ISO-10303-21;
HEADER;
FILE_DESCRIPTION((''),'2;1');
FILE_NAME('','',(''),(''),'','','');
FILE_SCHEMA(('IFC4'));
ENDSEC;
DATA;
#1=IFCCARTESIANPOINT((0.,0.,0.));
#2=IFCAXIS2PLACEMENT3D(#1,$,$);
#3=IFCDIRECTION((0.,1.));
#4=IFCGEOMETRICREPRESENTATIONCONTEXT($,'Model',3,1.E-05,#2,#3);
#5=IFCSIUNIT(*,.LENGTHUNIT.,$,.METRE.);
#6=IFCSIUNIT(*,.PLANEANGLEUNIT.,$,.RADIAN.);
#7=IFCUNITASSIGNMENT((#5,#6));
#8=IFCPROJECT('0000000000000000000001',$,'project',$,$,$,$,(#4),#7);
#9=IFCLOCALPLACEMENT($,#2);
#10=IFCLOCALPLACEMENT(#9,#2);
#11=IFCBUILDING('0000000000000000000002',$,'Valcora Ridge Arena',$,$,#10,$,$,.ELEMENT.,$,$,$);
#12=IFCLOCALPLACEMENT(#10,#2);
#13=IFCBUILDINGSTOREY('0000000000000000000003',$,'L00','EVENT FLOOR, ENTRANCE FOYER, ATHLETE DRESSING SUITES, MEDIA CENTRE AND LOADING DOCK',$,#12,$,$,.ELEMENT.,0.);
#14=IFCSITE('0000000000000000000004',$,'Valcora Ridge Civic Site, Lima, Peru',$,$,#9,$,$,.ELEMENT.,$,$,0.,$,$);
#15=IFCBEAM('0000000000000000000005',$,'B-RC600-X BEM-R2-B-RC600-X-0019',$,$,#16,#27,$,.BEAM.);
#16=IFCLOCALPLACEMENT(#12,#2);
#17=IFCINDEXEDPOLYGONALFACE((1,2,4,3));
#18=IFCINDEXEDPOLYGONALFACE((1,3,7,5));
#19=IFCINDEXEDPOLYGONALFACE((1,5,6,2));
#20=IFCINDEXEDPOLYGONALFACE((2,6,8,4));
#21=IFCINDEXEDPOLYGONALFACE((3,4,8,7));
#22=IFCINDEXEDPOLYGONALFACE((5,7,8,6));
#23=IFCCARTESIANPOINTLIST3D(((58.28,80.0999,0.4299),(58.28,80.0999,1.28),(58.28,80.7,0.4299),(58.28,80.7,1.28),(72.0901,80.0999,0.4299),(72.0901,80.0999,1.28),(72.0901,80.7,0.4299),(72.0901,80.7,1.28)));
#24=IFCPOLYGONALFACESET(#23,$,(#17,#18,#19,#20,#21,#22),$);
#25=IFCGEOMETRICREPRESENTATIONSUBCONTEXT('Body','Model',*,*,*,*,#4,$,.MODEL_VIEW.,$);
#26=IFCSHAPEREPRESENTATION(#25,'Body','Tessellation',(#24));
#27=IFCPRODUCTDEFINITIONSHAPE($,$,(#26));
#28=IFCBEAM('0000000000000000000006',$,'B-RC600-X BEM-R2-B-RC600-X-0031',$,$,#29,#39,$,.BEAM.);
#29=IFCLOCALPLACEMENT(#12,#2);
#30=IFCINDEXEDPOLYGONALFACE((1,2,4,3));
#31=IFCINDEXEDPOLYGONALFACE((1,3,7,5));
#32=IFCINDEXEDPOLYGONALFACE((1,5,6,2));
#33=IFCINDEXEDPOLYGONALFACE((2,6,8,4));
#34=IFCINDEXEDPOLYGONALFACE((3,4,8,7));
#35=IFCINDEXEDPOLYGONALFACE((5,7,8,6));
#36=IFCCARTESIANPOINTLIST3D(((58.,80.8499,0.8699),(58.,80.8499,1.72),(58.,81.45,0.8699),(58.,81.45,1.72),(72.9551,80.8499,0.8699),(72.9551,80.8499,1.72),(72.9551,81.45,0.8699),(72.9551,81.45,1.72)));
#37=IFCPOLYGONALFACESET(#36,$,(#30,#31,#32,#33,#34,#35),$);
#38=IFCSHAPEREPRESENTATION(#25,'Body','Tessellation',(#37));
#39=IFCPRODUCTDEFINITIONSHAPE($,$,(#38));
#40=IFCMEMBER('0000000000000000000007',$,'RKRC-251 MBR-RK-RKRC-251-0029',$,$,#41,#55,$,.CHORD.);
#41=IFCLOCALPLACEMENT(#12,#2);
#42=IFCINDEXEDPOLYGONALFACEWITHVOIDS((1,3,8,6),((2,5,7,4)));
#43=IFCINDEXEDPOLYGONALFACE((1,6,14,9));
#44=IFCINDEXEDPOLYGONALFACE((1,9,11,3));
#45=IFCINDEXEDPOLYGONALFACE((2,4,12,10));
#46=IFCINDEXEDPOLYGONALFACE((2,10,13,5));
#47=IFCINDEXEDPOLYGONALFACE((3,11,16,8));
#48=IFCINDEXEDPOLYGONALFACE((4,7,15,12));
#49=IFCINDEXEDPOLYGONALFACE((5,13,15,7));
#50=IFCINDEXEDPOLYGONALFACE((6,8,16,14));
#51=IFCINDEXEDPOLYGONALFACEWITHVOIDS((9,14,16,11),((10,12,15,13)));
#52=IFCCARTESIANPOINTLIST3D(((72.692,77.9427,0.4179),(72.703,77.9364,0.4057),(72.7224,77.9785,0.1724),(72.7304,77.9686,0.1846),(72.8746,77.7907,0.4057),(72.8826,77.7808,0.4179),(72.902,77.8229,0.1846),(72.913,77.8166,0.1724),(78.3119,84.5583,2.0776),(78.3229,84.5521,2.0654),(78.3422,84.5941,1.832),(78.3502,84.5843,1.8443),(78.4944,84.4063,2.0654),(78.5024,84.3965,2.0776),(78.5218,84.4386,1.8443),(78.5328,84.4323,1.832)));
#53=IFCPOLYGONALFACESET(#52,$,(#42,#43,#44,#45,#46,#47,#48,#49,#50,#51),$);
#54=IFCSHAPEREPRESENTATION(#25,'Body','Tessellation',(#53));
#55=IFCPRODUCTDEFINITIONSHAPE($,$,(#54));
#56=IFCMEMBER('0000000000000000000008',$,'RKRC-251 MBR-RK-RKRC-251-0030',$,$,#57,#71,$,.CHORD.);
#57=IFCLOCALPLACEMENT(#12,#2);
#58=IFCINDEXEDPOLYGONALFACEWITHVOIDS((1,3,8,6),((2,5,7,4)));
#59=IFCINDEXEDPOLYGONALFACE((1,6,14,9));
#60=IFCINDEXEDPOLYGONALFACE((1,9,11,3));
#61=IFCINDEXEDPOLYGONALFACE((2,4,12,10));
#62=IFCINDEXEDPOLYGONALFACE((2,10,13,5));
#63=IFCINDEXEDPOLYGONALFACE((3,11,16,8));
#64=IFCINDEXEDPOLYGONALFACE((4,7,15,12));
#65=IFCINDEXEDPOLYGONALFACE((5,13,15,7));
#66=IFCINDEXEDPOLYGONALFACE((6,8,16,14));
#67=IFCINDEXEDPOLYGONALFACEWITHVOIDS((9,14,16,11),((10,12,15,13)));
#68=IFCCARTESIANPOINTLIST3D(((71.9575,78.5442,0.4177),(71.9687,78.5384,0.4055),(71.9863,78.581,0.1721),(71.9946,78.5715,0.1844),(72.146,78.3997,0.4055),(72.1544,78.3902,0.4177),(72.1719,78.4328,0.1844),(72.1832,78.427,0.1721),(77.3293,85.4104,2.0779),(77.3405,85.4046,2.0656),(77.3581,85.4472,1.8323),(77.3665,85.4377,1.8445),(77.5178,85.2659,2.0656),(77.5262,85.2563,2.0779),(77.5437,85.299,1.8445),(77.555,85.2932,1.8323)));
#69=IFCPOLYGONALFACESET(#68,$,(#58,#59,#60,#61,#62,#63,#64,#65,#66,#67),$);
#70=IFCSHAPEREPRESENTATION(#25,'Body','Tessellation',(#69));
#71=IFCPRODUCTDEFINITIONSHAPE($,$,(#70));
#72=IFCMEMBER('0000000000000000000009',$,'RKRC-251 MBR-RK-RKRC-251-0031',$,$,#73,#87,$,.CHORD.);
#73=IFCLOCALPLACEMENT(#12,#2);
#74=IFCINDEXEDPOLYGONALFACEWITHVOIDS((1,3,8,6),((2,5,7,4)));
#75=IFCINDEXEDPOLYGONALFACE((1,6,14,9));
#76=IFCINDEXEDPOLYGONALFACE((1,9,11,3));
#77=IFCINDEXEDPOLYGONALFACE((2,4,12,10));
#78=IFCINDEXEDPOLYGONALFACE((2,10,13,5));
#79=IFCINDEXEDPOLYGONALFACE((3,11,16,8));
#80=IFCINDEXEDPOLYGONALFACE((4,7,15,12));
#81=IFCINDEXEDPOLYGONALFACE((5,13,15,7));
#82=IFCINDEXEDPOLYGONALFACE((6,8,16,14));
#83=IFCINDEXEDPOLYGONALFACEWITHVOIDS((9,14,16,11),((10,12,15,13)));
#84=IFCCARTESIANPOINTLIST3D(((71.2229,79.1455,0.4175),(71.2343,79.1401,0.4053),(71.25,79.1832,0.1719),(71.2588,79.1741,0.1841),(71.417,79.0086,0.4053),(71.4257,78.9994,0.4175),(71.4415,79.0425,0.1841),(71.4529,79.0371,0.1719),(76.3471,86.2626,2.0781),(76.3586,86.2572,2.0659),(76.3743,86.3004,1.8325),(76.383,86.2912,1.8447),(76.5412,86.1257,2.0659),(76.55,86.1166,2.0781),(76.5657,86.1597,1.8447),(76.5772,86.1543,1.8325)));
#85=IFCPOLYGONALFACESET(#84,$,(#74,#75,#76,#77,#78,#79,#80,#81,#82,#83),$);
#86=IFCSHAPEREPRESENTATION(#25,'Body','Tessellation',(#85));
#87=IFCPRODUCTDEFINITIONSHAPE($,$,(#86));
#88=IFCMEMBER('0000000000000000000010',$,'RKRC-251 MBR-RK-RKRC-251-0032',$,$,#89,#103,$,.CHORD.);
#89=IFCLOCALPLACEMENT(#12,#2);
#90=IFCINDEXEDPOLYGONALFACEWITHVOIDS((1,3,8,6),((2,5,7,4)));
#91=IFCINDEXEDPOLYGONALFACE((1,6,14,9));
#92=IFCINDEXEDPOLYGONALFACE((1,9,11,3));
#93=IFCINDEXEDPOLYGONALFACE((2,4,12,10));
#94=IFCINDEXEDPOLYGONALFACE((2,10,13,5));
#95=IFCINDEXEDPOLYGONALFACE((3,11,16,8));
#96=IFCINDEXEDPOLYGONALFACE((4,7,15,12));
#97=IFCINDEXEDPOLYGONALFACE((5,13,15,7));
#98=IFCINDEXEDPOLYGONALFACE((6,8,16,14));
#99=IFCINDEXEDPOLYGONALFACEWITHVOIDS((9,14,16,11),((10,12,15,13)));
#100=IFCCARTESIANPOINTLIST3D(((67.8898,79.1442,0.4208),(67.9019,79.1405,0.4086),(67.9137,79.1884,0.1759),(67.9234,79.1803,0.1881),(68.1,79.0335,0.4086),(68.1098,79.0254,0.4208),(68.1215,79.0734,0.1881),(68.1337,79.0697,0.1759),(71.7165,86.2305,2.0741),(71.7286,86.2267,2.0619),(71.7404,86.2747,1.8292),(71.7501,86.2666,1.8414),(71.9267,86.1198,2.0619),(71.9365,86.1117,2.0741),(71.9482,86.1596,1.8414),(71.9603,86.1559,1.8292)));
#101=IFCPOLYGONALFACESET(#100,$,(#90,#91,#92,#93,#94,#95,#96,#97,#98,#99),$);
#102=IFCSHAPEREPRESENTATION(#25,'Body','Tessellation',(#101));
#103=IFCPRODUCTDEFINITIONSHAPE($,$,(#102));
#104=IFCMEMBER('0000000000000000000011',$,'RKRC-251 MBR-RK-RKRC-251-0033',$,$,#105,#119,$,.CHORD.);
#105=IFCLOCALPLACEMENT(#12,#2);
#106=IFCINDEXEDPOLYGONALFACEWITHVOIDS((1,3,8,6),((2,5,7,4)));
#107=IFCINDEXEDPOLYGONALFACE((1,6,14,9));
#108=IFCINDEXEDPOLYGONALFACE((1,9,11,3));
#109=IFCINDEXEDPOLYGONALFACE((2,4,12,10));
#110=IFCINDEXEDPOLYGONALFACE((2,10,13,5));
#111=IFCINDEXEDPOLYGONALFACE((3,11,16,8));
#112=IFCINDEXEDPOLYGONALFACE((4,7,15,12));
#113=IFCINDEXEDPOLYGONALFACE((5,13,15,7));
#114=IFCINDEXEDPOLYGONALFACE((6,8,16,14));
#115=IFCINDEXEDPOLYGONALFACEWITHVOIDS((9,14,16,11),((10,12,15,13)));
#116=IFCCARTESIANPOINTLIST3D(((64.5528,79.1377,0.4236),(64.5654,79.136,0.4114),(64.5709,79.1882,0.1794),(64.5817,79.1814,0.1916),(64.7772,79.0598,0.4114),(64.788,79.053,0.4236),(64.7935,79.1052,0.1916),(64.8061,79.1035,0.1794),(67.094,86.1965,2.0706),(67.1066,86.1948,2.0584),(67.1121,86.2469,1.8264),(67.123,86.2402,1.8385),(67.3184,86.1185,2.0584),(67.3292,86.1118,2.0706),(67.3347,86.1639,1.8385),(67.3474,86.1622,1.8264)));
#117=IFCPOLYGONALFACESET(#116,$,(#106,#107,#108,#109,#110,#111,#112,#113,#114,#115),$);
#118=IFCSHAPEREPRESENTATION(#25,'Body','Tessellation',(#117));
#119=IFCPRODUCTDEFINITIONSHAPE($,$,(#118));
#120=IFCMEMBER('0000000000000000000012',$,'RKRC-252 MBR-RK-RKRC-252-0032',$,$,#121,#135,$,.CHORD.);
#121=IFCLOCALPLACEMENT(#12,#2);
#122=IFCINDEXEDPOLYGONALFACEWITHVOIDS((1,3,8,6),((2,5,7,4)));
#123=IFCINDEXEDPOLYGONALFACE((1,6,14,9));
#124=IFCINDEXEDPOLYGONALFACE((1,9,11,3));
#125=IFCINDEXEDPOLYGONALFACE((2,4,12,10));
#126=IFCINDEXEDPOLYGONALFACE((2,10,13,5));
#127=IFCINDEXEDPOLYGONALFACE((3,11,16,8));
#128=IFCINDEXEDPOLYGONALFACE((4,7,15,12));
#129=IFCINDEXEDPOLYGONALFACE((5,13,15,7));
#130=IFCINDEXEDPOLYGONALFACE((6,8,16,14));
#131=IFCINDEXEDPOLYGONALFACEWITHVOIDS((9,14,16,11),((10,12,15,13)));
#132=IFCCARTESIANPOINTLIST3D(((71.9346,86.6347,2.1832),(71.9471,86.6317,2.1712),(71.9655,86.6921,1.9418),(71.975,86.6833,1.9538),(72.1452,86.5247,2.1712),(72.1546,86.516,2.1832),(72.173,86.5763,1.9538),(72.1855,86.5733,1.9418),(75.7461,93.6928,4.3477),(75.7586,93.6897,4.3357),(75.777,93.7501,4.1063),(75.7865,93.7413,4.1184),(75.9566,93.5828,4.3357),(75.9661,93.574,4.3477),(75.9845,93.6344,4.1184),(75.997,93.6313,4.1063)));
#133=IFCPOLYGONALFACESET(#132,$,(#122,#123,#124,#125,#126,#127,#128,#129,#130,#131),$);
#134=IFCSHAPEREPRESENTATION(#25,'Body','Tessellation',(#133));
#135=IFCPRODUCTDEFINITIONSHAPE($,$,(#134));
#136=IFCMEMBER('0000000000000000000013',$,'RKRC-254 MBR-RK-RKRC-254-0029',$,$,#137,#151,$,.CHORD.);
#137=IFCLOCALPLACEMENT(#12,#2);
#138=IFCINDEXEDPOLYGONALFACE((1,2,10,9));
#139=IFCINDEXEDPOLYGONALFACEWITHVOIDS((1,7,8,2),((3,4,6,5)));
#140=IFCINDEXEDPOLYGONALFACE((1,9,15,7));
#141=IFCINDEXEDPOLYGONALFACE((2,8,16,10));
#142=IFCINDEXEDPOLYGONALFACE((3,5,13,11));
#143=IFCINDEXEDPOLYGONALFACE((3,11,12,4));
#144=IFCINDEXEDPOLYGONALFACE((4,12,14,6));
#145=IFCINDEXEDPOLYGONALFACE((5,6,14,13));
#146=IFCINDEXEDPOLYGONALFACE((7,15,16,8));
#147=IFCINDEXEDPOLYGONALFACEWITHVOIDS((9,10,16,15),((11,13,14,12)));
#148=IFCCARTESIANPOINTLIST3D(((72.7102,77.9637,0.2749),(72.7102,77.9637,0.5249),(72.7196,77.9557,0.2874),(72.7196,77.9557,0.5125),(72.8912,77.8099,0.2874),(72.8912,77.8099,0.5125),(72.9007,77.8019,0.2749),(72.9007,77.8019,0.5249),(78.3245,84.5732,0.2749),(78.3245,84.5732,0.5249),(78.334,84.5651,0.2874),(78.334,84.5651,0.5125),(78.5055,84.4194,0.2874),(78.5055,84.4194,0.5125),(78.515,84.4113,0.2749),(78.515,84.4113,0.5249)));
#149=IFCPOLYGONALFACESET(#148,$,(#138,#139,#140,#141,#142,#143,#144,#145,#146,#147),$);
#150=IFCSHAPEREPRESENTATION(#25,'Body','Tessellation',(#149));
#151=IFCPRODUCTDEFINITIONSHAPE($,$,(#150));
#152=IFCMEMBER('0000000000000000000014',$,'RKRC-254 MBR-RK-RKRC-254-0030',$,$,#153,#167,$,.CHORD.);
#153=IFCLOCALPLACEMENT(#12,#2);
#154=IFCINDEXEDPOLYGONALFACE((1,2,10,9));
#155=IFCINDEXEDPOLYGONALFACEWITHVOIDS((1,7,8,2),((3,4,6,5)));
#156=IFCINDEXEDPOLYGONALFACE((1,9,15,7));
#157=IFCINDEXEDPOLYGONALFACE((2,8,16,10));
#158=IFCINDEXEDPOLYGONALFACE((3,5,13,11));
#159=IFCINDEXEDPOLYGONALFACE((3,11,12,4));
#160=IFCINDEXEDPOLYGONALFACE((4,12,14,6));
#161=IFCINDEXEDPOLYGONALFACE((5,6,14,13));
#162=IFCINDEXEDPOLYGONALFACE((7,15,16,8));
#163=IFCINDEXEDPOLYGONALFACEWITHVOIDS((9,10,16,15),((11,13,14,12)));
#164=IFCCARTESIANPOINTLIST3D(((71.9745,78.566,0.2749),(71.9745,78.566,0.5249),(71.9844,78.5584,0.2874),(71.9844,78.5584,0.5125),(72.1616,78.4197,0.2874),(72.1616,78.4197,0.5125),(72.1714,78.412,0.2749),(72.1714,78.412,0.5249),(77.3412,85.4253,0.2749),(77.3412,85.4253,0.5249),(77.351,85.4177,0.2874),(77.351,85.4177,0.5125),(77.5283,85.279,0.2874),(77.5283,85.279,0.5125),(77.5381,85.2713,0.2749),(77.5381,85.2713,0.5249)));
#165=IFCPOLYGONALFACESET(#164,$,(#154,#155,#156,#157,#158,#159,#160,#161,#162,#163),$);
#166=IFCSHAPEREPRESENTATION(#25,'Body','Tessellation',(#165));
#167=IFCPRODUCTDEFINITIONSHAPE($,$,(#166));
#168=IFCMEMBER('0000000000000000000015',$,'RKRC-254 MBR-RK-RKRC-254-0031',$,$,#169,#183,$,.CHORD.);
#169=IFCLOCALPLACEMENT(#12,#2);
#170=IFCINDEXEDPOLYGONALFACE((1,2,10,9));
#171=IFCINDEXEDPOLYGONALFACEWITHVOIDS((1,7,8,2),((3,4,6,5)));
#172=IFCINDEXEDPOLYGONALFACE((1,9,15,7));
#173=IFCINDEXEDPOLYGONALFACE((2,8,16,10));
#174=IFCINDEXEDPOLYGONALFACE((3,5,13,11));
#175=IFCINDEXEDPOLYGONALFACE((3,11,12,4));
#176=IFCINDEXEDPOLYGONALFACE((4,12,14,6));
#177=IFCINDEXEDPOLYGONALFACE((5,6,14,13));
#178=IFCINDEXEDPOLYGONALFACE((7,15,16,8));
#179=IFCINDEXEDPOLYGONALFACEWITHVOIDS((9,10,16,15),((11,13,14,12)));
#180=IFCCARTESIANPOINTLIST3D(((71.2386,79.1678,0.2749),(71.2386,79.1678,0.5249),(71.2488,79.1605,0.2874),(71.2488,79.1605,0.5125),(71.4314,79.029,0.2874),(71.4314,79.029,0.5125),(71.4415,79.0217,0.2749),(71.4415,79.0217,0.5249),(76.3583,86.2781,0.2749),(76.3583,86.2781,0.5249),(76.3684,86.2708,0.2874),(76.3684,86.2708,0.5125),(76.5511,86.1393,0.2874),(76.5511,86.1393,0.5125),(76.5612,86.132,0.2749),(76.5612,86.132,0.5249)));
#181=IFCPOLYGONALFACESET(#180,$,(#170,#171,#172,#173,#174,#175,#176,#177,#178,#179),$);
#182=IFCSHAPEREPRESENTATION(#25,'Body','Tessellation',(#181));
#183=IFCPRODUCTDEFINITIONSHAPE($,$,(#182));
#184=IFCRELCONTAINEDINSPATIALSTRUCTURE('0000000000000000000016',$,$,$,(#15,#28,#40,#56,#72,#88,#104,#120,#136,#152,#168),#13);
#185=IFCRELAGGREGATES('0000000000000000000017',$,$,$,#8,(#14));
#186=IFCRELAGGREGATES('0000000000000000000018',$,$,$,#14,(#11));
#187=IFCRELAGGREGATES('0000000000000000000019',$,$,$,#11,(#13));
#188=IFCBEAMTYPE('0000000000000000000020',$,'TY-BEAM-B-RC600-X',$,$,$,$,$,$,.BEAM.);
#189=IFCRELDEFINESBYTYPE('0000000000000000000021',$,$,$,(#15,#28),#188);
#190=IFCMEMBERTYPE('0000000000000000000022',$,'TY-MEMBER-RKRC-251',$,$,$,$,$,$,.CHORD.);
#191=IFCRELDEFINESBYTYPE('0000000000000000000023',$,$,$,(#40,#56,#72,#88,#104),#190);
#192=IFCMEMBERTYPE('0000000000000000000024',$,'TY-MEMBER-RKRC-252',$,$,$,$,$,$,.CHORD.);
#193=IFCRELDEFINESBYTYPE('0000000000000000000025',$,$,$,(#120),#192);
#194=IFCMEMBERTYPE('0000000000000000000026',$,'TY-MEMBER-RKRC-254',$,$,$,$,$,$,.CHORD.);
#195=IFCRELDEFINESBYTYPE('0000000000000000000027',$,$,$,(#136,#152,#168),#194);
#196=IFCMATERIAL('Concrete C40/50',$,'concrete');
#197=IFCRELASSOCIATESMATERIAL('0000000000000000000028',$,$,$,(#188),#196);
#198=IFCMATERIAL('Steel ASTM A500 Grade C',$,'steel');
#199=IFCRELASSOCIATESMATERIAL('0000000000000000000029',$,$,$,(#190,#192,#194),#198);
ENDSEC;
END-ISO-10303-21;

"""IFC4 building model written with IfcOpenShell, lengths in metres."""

from ifc_helpers import new_model, si_unit, direction, frame, origin, origin_2d, place, context, subcontext, project, spatial, rectangle, hollow_rectangle, extrude, material, material_profile, profile_set, type_object, element, save


model = new_model("IFC4")

# Units and contexts
model_context = context("Model", 3, precision=1e-05, world=origin(), true_north=direction((0.0, 1.0)))
body_context = subcontext(model_context, "Body", "Model", "MODEL_VIEW")
ifc_project = project(units=[si_unit("LENGTHUNIT", "METRE"), si_unit("PLANEANGLEUNIT", "RADIAN")], contexts=[model_context])

# Site, building, storey
site_placement = place(None, origin())
site = spatial("IfcSite", under=ifc_project, at=site_placement, Name="Valcora Ridge Civic Site, Lima, Peru", CompositionType="ELEMENT", RefElevation=0.0)
building_placement = place(site_placement, origin())
building = spatial("IfcBuilding", under=site, at=building_placement, Name="Valcora Ridge Arena", CompositionType="ELEMENT")
storey_placement = place(building_placement, origin())
storey = spatial("IfcBuildingStorey", under=building, at=storey_placement, Name="L00", Description="EVENT FLOOR, ENTRANCE FOYER, ATHLETE DRESSING SUITES, MEDIA CENTRE AND LOADING DOCK", CompositionType="ELEMENT", Elevation=0.0)

# Shared definitions
ifc_material_1 = material(Name="Concrete C40/50", Category="concrete")

# Beams
ifc_material_profile_1 = material_profile(ifc_material_1, rectangle(XDim=0.6001, YDim=0.8501, at=origin_2d()), Name="RC 600x850")
ifc_profile_set_1 = profile_set([ifc_material_profile_1], Name="Concrete C40/50")
beam_type = type_object("IfcBeamType", Name="TY-BEAM-B-RC600-X", PredefinedType="BEAM", material=ifc_profile_set_1)
beam_1_placement = place(storey_placement, frame((72.0901, 80.3999, 0.855), z_axis=(-1.0, 0.0, 0.0), x_axis=(0.0, -1.0, 0.0)))
element("IfcBeam", 1, at=beam_1_placement, inside=storey, type_object=beam_type, Name="B-RC600-X BEM-R2-B-RC600-X-0019", PredefinedType="BEAM", context=body_context, shape_type="SweptSolid", body=[
    extrude(rectangle(XDim=0.6001, YDim=0.8501, at=origin_2d()), origin(), (0.0, 0.0, 1.0), 13.8101),
])
beam_2_placement = place(storey_placement, frame((72.9551, 81.1499, 1.2949), z_axis=(-1.0, 0.0, 0.0), x_axis=(0.0, -1.0, 0.0)))
element("IfcBeam", 2, at=beam_2_placement, inside=storey, type_object=beam_type, Name="B-RC600-X BEM-R2-B-RC600-X-0031", PredefinedType="BEAM", context=body_context, shape_type="SweptSolid", body=[
    extrude(rectangle(XDim=0.6001, YDim=0.8501, at=origin_2d()), origin(), (0.0, 0.0, 1.0), 14.9551),
])

# Members
ifc_material_2 = material(Name="Steel ASTM A500 Grade C", Category="steel")
ifc_material_profile_2 = material_profile(ifc_material_2, hollow_rectangle(XDim=0.25, YDim=0.25, WallThickness=0.0125, at=origin_2d()), Name="HSS250X250X12")
ifc_profile_set_2 = profile_set([ifc_material_profile_2], Name="Steel ASTM A500 Grade C")
member_type_1 = type_object("IfcMemberType", Name="TY-MEMBER-RKRC-251", PredefinedType="CHORD", material=ifc_profile_set_2)
member_1_placement = place(storey_placement, frame((72.8025, 77.8796, 0.2952), z_axis=(0.635896, 0.748578, 0.187794), x_axis=(-0.762138, 0.647415, 0.0)))
element("IfcMember", 3, at=member_1_placement, inside=storey, type_object=member_type_1, Name="RKRC-251 MBR-RK-RKRC-251-0029", PredefinedType="CHORD", context=body_context, shape_type="SweptSolid", body=[
    extrude(hollow_rectangle(XDim=0.25, YDim=0.25, WallThickness=0.0125, at=origin_2d()), origin(), (0.0, 0.0, 1.0), 8.8376),
])
member_2_placement = place(storey_placement, frame((72.0703, 78.4856, 0.2949), z_axis=(0.605307, 0.773698, 0.18707), x_axis=(-0.787601, 0.616185, 0.0)))
element("IfcMember", 4, at=member_2_placement, inside=storey, type_object=member_type_1, Name="RKRC-251 MBR-RK-RKRC-251-0030", PredefinedType="CHORD", context=body_context, shape_type="SweptSolid", body=[
    extrude(hollow_rectangle(XDim=0.25, YDim=0.25, WallThickness=0.0125, at=origin_2d()), origin(), (0.0, 0.0, 1.0), 8.8745),
])
member_3_placement = place(storey_placement, frame((71.3379, 79.0913, 0.2947), z_axis=(0.574095, 0.797371, 0.18605), x_axis=(-0.81154, 0.584297, 0.0)))
element("IfcMember", 5, at=member_3_placement, inside=storey, type_object=member_type_1, Name="RKRC-251 MBR-RK-RKRC-251-0031", PredefinedType="CHORD", context=body_context, shape_type="SweptSolid", body=[
    extrude(hollow_rectangle(XDim=0.25, YDim=0.25, WallThickness=0.0125, at=origin_2d()), origin(), (0.0, 0.0, 1.0), 8.9258),
])
member_4_placement = place(storey_placement, frame((68.0117, 79.1069, 0.2983), z_axis=(0.465453, 0.861923, 0.201101), x_axis=(-0.879899, 0.475161, 0.0)))
element("IfcMember", 6, at=member_4_placement, inside=storey, type_object=member_type_1, Name="RKRC-251 MBR-RK-RKRC-251-0032", PredefinedType="CHORD", context=body_context, shape_type="SweptSolid", body=[
    extrude(hollow_rectangle(XDim=0.25, YDim=0.25, WallThickness=0.0125, at=origin_2d()), origin(), (0.0, 0.0, 1.0), 8.2214),
])
member_5_placement = place(storey_placement, frame((64.6794, 79.1206, 0.3015), z_axis=(0.33085, 0.919, 0.214422), x_axis=(-0.940884, 0.338729, 0.0)))
element("IfcMember", 7, at=member_5_placement, inside=storey, type_object=member_type_1, Name="RKRC-251 MBR-RK-RKRC-251-0033", PredefinedType="CHORD", context=body_context, shape_type="SweptSolid", body=[
    extrude(hollow_rectangle(XDim=0.25, YDim=0.25, WallThickness=0.0125, at=origin_2d()), origin(), (0.0, 0.0, 1.0), 7.6809),
])
ifc_material_profile_3 = material_profile(ifc_material_2, hollow_rectangle(XDim=0.25, YDim=0.25, WallThickness=0.0125, at=origin_2d()), Name="HSS250X250X12")
ifc_profile_set_3 = profile_set([ifc_material_profile_3], Name="Steel ASTM A500 Grade C")
member_type_2 = type_object("IfcMemberType", Name="TY-MEMBER-RKRC-252", PredefinedType="CHORD", material=ifc_profile_set_3)
member_6_placement = place(storey_placement, frame((72.0601, 86.604, 2.0625), z_axis=(0.458754, 0.849512, 0.260525), x_axis=(-0.879898, 0.475163, 0.0)))
element("IfcMember", 8, at=member_6_placement, inside=storey, type_object=member_type_2, Name="RKRC-252 MBR-RK-RKRC-252-0032", PredefinedType="CHORD", context=body_context, shape_type="SweptSolid", body=[
    extrude(hollow_rectangle(XDim=0.25, YDim=0.25, WallThickness=0.0125, at=origin_2d()), origin(), (0.0, 0.0, 1.0), 8.3083),
])
ifc_material_profile_4 = material_profile(ifc_material_2, hollow_rectangle(XDim=0.25, YDim=0.25, WallThickness=0.0125, at=origin_2d()), Name="HSS250X250X12")
ifc_profile_set_4 = profile_set([ifc_material_profile_4], Name="Steel ASTM A500 Grade C")
member_type_3 = type_object("IfcMemberType", Name="TY-MEMBER-RKRC-254", PredefinedType="CHORD", material=ifc_profile_set_4)
member_7_placement = place(storey_placement, frame((72.8054, 77.8828, 0.3999), z_axis=(0.6474, 0.76215, 0.0), x_axis=(-0.76215, 0.6474, 0.0)))
element("IfcMember", 9, at=member_7_placement, inside=storey, type_object=member_type_3, Name="RKRC-254 MBR-RK-RKRC-254-0029", PredefinedType="CHORD", context=body_context, shape_type="SweptSolid", body=[
    extrude(hollow_rectangle(XDim=0.25, YDim=0.25, WallThickness=0.0125, at=origin_2d()), origin(), (0.0, 0.0, 1.0), 8.6721),
])
member_8_placement = place(storey_placement, frame((72.073, 78.489, 0.3999), z_axis=(0.616201, 0.787589, 0.0), x_axis=(-0.787589, 0.616201, 0.0)))
element("IfcMember", 10, at=member_8_placement, inside=storey, type_object=member_type_3, Name="RKRC-254 MBR-RK-RKRC-254-0030", PredefinedType="CHORD", context=body_context, shape_type="SweptSolid", body=[
    extrude(hollow_rectangle(XDim=0.25, YDim=0.25, WallThickness=0.0125, at=origin_2d()), origin(), (0.0, 0.0, 1.0), 8.7092),
])
member_9_placement = place(storey_placement, frame((71.3401, 79.0947, 0.3999), z_axis=(0.584318, 0.811525, 0.0), x_axis=(-0.811525, 0.584318, 0.0)))
element("IfcMember", 11, at=member_9_placement, inside=storey, type_object=member_type_3, Name="RKRC-254 MBR-RK-RKRC-254-0031", PredefinedType="CHORD", context=body_context, shape_type="SweptSolid", body=[
    extrude(hollow_rectangle(XDim=0.25, YDim=0.25, WallThickness=0.0125, at=origin_2d()), origin(), (0.0, 0.0, 1.0), 8.7617),
])

save(model, "model.ifc")
